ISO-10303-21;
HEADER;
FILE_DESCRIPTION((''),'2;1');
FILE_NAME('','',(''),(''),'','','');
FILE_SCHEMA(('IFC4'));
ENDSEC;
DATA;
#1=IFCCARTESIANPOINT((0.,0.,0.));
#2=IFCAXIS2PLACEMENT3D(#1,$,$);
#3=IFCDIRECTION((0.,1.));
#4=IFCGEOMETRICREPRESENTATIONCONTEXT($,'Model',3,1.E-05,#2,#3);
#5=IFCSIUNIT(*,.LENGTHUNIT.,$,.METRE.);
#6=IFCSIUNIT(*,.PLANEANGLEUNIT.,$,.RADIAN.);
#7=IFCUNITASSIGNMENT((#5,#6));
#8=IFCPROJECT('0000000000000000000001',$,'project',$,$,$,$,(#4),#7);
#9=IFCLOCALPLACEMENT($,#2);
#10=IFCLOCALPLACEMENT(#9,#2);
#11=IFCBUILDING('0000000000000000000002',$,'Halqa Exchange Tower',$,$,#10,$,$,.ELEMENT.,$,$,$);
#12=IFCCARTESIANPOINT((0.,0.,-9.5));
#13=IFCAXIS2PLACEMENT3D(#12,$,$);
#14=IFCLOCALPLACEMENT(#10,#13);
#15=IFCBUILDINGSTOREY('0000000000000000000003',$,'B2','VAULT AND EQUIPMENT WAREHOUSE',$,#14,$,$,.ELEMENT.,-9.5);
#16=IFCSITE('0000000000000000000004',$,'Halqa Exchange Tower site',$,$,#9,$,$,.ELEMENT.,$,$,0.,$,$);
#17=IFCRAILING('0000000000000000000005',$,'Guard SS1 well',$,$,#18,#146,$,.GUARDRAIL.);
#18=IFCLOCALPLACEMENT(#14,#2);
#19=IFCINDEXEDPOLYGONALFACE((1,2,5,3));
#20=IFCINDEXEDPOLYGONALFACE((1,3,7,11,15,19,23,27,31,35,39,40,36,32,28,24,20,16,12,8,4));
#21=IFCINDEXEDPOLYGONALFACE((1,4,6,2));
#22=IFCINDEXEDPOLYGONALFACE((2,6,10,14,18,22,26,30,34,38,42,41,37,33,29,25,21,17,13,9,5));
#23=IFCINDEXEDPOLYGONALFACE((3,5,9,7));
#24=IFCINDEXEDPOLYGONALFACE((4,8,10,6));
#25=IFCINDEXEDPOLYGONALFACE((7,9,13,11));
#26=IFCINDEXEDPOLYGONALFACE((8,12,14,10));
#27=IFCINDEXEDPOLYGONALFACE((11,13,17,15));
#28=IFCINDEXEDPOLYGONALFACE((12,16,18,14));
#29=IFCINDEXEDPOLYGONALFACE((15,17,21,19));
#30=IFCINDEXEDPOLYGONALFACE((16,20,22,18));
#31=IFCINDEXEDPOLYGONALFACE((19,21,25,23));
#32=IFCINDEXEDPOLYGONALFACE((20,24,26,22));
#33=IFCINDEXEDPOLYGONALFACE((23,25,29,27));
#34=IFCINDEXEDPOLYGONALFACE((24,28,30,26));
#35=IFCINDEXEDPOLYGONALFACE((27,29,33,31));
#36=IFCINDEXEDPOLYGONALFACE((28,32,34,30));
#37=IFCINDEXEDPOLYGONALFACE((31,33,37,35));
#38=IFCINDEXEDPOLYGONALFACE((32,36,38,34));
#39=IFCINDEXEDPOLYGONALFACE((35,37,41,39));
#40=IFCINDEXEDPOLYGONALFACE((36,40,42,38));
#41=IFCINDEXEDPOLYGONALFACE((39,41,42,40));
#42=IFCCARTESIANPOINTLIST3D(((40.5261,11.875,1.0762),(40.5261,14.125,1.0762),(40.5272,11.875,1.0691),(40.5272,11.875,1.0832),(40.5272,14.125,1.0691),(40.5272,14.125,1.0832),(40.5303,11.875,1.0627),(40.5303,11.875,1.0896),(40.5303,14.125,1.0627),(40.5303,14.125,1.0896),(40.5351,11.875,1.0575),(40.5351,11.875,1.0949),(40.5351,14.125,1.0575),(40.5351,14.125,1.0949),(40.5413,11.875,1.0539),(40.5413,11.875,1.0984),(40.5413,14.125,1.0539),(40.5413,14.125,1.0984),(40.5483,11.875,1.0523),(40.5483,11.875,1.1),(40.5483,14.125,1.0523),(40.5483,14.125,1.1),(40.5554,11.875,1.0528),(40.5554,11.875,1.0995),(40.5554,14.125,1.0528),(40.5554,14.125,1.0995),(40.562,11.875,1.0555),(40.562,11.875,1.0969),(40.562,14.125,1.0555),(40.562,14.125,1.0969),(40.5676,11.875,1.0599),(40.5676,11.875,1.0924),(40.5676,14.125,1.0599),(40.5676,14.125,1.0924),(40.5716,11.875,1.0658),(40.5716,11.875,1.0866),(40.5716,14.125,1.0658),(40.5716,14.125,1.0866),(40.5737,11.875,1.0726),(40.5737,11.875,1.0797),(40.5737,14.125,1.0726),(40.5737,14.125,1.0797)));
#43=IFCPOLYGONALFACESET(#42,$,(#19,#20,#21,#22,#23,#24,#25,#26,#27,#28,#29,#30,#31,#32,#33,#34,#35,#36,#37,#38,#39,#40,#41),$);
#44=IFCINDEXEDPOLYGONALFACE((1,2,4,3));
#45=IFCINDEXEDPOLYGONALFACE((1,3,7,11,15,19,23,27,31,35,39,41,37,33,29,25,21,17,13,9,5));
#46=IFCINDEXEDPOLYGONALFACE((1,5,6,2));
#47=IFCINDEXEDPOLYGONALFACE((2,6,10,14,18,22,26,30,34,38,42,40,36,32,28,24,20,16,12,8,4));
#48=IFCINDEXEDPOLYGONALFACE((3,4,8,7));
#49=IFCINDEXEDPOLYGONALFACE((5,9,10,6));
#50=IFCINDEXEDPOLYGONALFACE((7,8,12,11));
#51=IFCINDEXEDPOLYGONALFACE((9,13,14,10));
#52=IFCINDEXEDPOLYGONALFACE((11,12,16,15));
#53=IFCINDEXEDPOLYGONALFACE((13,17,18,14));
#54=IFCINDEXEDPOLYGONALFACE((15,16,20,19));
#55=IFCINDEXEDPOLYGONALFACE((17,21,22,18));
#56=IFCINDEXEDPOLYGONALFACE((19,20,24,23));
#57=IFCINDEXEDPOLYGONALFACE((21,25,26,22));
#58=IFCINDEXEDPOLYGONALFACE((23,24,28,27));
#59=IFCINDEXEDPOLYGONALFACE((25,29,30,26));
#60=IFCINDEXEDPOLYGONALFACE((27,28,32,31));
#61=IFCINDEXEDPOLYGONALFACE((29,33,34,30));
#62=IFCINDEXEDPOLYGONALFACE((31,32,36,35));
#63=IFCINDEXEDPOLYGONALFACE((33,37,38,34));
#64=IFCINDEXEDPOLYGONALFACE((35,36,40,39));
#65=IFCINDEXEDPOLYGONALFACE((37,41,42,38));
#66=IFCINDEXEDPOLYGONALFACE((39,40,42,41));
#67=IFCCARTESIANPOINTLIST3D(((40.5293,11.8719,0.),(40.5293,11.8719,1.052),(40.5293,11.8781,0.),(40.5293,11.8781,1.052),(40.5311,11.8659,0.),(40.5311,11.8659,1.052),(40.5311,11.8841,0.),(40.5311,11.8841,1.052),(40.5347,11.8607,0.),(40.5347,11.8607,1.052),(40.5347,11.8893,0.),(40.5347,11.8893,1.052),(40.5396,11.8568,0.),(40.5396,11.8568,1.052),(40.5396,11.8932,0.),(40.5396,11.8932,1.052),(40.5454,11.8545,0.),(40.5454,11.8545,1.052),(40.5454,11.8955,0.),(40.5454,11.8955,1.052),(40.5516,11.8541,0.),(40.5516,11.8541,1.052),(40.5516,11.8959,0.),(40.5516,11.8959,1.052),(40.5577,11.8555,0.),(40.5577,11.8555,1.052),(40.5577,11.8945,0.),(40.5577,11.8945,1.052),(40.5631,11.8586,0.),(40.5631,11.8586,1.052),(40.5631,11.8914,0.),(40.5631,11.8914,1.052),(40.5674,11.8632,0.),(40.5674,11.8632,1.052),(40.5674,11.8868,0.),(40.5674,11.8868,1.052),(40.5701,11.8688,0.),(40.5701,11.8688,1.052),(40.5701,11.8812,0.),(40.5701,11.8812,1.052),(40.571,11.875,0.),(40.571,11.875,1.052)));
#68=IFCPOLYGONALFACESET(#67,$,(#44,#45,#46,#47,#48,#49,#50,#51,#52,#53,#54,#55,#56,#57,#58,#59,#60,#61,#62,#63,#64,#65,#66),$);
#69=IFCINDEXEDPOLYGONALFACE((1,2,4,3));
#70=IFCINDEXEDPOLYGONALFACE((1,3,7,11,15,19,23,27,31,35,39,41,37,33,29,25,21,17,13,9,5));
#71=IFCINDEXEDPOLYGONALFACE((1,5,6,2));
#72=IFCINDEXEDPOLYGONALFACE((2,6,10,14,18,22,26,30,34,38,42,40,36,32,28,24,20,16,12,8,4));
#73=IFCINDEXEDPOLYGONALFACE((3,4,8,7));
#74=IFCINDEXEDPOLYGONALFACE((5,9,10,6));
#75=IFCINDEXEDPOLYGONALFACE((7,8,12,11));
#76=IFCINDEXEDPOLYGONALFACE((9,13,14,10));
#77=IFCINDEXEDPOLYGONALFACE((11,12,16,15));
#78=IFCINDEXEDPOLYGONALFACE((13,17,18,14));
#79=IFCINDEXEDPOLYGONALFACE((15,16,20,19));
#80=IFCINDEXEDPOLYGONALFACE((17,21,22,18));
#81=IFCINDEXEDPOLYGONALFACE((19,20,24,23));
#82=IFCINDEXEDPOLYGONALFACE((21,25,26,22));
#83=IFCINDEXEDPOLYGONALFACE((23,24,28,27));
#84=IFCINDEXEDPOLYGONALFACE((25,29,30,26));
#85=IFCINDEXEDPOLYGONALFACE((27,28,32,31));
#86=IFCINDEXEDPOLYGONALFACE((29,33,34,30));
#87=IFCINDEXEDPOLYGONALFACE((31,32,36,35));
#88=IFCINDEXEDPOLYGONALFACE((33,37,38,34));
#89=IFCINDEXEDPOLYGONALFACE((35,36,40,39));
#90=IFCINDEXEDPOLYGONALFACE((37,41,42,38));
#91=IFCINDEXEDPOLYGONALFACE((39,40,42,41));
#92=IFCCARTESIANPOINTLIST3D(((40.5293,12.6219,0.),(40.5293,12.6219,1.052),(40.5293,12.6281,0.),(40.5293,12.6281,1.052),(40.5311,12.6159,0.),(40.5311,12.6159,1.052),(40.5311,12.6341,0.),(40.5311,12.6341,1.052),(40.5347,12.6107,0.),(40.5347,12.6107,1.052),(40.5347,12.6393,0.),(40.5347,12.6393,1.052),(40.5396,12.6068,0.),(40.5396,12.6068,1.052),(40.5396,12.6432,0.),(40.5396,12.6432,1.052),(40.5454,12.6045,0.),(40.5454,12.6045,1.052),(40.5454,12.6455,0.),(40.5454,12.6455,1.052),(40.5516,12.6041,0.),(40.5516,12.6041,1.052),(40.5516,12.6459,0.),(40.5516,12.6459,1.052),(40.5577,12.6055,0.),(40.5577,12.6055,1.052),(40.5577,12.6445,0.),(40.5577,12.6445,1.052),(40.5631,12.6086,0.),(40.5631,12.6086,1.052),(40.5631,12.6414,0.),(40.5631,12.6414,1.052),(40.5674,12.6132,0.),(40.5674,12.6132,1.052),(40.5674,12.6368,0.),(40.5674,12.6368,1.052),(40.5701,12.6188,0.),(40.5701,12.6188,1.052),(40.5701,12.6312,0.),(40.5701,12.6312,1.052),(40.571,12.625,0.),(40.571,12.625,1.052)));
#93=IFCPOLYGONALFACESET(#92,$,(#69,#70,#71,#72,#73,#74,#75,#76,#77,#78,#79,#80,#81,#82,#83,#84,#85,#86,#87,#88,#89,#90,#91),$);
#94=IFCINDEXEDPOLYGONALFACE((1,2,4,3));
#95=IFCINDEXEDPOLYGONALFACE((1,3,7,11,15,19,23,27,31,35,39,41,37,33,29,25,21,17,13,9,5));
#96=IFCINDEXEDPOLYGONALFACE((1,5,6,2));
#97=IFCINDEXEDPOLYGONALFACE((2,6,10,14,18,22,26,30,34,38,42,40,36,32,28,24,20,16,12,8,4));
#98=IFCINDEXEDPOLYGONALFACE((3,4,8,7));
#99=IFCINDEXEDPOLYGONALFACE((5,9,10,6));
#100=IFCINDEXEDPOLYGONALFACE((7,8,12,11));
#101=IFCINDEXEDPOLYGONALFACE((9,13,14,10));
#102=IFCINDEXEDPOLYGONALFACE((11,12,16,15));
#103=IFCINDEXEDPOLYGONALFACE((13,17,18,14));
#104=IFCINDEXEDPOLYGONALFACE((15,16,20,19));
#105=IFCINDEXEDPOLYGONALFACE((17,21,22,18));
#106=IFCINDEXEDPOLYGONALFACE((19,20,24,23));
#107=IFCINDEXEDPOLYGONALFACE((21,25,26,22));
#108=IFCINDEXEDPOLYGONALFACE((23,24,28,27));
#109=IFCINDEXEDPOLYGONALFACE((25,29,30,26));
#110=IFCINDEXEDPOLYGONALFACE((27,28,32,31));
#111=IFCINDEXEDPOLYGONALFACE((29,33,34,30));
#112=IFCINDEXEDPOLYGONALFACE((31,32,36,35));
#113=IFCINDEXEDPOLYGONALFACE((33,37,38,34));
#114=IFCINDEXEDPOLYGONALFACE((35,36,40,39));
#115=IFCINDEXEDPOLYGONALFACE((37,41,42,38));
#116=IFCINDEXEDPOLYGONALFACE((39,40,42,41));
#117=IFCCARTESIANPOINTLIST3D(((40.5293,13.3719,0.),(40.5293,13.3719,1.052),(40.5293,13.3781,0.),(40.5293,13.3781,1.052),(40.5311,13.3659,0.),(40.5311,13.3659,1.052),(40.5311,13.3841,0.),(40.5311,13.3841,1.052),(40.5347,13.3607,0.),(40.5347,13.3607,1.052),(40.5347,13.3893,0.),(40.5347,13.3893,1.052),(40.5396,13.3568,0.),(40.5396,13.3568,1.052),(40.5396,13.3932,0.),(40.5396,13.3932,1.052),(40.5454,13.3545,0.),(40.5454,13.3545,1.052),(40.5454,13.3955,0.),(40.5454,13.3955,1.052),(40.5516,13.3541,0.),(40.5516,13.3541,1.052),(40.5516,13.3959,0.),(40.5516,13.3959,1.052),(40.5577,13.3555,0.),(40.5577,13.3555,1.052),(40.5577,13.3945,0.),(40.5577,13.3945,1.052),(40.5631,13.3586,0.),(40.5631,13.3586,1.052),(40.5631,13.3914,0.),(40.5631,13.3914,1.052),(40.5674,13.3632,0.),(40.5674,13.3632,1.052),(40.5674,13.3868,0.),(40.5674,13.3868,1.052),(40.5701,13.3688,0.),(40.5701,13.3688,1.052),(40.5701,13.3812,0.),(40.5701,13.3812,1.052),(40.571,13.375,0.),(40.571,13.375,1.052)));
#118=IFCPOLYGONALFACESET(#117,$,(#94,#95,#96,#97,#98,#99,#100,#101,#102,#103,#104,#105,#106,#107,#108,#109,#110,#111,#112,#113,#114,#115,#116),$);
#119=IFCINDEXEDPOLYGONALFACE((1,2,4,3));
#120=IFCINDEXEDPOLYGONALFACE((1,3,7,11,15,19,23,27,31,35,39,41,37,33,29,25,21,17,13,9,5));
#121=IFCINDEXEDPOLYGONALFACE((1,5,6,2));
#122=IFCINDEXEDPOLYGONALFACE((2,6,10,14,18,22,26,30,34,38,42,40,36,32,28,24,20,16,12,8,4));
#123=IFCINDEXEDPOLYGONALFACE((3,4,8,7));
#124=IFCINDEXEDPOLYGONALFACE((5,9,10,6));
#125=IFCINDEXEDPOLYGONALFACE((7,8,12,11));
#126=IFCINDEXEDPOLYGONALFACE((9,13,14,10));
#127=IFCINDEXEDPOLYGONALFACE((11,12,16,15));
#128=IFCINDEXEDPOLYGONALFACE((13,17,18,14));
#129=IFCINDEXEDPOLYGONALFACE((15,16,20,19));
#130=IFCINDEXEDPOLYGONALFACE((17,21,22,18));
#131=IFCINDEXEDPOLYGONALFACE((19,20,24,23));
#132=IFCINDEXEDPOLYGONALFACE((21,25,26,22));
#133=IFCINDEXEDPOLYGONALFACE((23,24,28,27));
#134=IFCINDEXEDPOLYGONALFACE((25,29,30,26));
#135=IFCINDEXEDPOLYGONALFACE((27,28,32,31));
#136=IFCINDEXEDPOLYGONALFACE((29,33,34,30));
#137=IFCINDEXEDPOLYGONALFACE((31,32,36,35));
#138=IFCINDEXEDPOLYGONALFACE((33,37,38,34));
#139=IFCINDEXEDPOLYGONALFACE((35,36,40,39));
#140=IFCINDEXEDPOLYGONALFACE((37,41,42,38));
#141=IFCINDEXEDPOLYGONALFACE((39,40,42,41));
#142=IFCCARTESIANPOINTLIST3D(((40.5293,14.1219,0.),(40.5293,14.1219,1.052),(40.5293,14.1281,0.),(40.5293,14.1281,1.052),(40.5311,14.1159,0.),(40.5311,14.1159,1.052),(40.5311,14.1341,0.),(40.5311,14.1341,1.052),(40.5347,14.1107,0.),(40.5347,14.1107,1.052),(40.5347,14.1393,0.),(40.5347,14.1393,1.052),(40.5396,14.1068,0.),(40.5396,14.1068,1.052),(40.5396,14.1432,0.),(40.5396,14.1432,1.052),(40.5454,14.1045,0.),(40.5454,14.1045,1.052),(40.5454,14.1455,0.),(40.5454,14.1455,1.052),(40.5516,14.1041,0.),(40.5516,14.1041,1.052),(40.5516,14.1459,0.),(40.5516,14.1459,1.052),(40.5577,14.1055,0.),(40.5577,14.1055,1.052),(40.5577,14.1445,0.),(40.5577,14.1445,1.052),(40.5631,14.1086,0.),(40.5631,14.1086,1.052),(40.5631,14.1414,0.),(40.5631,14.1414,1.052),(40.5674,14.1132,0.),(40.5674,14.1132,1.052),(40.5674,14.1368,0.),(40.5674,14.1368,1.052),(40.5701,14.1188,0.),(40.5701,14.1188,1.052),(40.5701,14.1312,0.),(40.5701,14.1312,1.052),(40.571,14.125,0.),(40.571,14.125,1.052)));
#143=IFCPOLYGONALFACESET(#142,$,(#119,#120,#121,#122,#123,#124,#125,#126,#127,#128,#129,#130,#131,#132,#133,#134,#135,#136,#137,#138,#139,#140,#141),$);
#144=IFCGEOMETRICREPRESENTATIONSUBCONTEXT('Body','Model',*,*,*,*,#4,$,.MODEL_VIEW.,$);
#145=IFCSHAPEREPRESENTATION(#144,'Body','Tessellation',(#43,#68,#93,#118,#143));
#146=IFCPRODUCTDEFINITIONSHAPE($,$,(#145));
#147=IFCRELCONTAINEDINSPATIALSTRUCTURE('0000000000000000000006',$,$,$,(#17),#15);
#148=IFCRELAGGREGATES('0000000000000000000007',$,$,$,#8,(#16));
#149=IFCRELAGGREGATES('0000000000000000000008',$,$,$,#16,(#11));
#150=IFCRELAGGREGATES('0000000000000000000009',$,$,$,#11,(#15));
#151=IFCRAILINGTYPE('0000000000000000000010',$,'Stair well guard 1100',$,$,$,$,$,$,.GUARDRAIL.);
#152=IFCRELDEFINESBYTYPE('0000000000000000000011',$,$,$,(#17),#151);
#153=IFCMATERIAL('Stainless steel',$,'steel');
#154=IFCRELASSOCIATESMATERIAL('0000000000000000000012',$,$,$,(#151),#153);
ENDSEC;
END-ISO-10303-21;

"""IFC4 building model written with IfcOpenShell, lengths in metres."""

from ifc_helpers import new_model, si_unit, direction, frame, origin, origin_2d, place, context, subcontext, project, spatial, circle, extrude, material, type_object, element, save


model = new_model("IFC4")

# Units and contexts
model_context = context("Model", 3, precision=1e-05, world=origin(), true_north=direction((0.0, 1.0)))
body_context = subcontext(model_context, "Body", "Model", "MODEL_VIEW")
ifc_project = project(units=[si_unit("LENGTHUNIT", "METRE"), si_unit("PLANEANGLEUNIT", "RADIAN")], contexts=[model_context])

# Site, building, storey
site_placement = place(None, origin())
site = spatial("IfcSite", under=ifc_project, at=site_placement, Name="Halqa Exchange Tower site", CompositionType="ELEMENT", RefElevation=0.0)
building_placement = place(site_placement, origin())
building = spatial("IfcBuilding", under=site, at=building_placement, Name="Halqa Exchange Tower", CompositionType="ELEMENT")
storey_placement = place(building_placement, frame((0.0, 0.0, -9.5)))
storey = spatial("IfcBuildingStorey", under=building, at=storey_placement, Name="B2", Description="VAULT AND EQUIPMENT WAREHOUSE", CompositionType="ELEMENT", Elevation=-9.5)

# Railing
ifc_material_1 = material(Name="Stainless steel", Category="steel")
railing_type_1 = type_object("IfcRailingType", Name="Stair well guard 1100", PredefinedType="GUARDRAIL", material=ifc_material_1)
railing_1_placement = place(storey_placement, frame((40.55, 11.875, 0.0)))
element("IfcRailing", 1, at=railing_1_placement, inside=storey, type_object=railing_type_1, Name="Guard SS1 well", PredefinedType="GUARDRAIL", context=body_context, shape_type="SweptSolid", body=[
    extrude(circle(Radius=0.0239, at=origin_2d()), frame((0.0, 0.0, 1.0762), z_axis=(0.0, 1.0, 0.0), x_axis=(-1.0, 0.0, 0.0)), (0.0, 0.0, 1.0), 2.25),
    extrude(circle(Radius=0.021, at=origin_2d()), origin(), (0.0, 0.0, 1.0), 1.052),
    extrude(circle(Radius=0.021, at=origin_2d()), frame((0.0, 0.75, 0.0)), (0.0, 0.0, 1.0), 1.052),
    extrude(circle(Radius=0.021, at=origin_2d()), frame((0.0, 1.5, 0.0)), (0.0, 0.0, 1.0), 1.052),
    extrude(circle(Radius=0.021, at=origin_2d()), frame((0.0, 2.25, 0.0)), (0.0, 0.0, 1.0), 1.052),
])

save(model, "model.ifc")
